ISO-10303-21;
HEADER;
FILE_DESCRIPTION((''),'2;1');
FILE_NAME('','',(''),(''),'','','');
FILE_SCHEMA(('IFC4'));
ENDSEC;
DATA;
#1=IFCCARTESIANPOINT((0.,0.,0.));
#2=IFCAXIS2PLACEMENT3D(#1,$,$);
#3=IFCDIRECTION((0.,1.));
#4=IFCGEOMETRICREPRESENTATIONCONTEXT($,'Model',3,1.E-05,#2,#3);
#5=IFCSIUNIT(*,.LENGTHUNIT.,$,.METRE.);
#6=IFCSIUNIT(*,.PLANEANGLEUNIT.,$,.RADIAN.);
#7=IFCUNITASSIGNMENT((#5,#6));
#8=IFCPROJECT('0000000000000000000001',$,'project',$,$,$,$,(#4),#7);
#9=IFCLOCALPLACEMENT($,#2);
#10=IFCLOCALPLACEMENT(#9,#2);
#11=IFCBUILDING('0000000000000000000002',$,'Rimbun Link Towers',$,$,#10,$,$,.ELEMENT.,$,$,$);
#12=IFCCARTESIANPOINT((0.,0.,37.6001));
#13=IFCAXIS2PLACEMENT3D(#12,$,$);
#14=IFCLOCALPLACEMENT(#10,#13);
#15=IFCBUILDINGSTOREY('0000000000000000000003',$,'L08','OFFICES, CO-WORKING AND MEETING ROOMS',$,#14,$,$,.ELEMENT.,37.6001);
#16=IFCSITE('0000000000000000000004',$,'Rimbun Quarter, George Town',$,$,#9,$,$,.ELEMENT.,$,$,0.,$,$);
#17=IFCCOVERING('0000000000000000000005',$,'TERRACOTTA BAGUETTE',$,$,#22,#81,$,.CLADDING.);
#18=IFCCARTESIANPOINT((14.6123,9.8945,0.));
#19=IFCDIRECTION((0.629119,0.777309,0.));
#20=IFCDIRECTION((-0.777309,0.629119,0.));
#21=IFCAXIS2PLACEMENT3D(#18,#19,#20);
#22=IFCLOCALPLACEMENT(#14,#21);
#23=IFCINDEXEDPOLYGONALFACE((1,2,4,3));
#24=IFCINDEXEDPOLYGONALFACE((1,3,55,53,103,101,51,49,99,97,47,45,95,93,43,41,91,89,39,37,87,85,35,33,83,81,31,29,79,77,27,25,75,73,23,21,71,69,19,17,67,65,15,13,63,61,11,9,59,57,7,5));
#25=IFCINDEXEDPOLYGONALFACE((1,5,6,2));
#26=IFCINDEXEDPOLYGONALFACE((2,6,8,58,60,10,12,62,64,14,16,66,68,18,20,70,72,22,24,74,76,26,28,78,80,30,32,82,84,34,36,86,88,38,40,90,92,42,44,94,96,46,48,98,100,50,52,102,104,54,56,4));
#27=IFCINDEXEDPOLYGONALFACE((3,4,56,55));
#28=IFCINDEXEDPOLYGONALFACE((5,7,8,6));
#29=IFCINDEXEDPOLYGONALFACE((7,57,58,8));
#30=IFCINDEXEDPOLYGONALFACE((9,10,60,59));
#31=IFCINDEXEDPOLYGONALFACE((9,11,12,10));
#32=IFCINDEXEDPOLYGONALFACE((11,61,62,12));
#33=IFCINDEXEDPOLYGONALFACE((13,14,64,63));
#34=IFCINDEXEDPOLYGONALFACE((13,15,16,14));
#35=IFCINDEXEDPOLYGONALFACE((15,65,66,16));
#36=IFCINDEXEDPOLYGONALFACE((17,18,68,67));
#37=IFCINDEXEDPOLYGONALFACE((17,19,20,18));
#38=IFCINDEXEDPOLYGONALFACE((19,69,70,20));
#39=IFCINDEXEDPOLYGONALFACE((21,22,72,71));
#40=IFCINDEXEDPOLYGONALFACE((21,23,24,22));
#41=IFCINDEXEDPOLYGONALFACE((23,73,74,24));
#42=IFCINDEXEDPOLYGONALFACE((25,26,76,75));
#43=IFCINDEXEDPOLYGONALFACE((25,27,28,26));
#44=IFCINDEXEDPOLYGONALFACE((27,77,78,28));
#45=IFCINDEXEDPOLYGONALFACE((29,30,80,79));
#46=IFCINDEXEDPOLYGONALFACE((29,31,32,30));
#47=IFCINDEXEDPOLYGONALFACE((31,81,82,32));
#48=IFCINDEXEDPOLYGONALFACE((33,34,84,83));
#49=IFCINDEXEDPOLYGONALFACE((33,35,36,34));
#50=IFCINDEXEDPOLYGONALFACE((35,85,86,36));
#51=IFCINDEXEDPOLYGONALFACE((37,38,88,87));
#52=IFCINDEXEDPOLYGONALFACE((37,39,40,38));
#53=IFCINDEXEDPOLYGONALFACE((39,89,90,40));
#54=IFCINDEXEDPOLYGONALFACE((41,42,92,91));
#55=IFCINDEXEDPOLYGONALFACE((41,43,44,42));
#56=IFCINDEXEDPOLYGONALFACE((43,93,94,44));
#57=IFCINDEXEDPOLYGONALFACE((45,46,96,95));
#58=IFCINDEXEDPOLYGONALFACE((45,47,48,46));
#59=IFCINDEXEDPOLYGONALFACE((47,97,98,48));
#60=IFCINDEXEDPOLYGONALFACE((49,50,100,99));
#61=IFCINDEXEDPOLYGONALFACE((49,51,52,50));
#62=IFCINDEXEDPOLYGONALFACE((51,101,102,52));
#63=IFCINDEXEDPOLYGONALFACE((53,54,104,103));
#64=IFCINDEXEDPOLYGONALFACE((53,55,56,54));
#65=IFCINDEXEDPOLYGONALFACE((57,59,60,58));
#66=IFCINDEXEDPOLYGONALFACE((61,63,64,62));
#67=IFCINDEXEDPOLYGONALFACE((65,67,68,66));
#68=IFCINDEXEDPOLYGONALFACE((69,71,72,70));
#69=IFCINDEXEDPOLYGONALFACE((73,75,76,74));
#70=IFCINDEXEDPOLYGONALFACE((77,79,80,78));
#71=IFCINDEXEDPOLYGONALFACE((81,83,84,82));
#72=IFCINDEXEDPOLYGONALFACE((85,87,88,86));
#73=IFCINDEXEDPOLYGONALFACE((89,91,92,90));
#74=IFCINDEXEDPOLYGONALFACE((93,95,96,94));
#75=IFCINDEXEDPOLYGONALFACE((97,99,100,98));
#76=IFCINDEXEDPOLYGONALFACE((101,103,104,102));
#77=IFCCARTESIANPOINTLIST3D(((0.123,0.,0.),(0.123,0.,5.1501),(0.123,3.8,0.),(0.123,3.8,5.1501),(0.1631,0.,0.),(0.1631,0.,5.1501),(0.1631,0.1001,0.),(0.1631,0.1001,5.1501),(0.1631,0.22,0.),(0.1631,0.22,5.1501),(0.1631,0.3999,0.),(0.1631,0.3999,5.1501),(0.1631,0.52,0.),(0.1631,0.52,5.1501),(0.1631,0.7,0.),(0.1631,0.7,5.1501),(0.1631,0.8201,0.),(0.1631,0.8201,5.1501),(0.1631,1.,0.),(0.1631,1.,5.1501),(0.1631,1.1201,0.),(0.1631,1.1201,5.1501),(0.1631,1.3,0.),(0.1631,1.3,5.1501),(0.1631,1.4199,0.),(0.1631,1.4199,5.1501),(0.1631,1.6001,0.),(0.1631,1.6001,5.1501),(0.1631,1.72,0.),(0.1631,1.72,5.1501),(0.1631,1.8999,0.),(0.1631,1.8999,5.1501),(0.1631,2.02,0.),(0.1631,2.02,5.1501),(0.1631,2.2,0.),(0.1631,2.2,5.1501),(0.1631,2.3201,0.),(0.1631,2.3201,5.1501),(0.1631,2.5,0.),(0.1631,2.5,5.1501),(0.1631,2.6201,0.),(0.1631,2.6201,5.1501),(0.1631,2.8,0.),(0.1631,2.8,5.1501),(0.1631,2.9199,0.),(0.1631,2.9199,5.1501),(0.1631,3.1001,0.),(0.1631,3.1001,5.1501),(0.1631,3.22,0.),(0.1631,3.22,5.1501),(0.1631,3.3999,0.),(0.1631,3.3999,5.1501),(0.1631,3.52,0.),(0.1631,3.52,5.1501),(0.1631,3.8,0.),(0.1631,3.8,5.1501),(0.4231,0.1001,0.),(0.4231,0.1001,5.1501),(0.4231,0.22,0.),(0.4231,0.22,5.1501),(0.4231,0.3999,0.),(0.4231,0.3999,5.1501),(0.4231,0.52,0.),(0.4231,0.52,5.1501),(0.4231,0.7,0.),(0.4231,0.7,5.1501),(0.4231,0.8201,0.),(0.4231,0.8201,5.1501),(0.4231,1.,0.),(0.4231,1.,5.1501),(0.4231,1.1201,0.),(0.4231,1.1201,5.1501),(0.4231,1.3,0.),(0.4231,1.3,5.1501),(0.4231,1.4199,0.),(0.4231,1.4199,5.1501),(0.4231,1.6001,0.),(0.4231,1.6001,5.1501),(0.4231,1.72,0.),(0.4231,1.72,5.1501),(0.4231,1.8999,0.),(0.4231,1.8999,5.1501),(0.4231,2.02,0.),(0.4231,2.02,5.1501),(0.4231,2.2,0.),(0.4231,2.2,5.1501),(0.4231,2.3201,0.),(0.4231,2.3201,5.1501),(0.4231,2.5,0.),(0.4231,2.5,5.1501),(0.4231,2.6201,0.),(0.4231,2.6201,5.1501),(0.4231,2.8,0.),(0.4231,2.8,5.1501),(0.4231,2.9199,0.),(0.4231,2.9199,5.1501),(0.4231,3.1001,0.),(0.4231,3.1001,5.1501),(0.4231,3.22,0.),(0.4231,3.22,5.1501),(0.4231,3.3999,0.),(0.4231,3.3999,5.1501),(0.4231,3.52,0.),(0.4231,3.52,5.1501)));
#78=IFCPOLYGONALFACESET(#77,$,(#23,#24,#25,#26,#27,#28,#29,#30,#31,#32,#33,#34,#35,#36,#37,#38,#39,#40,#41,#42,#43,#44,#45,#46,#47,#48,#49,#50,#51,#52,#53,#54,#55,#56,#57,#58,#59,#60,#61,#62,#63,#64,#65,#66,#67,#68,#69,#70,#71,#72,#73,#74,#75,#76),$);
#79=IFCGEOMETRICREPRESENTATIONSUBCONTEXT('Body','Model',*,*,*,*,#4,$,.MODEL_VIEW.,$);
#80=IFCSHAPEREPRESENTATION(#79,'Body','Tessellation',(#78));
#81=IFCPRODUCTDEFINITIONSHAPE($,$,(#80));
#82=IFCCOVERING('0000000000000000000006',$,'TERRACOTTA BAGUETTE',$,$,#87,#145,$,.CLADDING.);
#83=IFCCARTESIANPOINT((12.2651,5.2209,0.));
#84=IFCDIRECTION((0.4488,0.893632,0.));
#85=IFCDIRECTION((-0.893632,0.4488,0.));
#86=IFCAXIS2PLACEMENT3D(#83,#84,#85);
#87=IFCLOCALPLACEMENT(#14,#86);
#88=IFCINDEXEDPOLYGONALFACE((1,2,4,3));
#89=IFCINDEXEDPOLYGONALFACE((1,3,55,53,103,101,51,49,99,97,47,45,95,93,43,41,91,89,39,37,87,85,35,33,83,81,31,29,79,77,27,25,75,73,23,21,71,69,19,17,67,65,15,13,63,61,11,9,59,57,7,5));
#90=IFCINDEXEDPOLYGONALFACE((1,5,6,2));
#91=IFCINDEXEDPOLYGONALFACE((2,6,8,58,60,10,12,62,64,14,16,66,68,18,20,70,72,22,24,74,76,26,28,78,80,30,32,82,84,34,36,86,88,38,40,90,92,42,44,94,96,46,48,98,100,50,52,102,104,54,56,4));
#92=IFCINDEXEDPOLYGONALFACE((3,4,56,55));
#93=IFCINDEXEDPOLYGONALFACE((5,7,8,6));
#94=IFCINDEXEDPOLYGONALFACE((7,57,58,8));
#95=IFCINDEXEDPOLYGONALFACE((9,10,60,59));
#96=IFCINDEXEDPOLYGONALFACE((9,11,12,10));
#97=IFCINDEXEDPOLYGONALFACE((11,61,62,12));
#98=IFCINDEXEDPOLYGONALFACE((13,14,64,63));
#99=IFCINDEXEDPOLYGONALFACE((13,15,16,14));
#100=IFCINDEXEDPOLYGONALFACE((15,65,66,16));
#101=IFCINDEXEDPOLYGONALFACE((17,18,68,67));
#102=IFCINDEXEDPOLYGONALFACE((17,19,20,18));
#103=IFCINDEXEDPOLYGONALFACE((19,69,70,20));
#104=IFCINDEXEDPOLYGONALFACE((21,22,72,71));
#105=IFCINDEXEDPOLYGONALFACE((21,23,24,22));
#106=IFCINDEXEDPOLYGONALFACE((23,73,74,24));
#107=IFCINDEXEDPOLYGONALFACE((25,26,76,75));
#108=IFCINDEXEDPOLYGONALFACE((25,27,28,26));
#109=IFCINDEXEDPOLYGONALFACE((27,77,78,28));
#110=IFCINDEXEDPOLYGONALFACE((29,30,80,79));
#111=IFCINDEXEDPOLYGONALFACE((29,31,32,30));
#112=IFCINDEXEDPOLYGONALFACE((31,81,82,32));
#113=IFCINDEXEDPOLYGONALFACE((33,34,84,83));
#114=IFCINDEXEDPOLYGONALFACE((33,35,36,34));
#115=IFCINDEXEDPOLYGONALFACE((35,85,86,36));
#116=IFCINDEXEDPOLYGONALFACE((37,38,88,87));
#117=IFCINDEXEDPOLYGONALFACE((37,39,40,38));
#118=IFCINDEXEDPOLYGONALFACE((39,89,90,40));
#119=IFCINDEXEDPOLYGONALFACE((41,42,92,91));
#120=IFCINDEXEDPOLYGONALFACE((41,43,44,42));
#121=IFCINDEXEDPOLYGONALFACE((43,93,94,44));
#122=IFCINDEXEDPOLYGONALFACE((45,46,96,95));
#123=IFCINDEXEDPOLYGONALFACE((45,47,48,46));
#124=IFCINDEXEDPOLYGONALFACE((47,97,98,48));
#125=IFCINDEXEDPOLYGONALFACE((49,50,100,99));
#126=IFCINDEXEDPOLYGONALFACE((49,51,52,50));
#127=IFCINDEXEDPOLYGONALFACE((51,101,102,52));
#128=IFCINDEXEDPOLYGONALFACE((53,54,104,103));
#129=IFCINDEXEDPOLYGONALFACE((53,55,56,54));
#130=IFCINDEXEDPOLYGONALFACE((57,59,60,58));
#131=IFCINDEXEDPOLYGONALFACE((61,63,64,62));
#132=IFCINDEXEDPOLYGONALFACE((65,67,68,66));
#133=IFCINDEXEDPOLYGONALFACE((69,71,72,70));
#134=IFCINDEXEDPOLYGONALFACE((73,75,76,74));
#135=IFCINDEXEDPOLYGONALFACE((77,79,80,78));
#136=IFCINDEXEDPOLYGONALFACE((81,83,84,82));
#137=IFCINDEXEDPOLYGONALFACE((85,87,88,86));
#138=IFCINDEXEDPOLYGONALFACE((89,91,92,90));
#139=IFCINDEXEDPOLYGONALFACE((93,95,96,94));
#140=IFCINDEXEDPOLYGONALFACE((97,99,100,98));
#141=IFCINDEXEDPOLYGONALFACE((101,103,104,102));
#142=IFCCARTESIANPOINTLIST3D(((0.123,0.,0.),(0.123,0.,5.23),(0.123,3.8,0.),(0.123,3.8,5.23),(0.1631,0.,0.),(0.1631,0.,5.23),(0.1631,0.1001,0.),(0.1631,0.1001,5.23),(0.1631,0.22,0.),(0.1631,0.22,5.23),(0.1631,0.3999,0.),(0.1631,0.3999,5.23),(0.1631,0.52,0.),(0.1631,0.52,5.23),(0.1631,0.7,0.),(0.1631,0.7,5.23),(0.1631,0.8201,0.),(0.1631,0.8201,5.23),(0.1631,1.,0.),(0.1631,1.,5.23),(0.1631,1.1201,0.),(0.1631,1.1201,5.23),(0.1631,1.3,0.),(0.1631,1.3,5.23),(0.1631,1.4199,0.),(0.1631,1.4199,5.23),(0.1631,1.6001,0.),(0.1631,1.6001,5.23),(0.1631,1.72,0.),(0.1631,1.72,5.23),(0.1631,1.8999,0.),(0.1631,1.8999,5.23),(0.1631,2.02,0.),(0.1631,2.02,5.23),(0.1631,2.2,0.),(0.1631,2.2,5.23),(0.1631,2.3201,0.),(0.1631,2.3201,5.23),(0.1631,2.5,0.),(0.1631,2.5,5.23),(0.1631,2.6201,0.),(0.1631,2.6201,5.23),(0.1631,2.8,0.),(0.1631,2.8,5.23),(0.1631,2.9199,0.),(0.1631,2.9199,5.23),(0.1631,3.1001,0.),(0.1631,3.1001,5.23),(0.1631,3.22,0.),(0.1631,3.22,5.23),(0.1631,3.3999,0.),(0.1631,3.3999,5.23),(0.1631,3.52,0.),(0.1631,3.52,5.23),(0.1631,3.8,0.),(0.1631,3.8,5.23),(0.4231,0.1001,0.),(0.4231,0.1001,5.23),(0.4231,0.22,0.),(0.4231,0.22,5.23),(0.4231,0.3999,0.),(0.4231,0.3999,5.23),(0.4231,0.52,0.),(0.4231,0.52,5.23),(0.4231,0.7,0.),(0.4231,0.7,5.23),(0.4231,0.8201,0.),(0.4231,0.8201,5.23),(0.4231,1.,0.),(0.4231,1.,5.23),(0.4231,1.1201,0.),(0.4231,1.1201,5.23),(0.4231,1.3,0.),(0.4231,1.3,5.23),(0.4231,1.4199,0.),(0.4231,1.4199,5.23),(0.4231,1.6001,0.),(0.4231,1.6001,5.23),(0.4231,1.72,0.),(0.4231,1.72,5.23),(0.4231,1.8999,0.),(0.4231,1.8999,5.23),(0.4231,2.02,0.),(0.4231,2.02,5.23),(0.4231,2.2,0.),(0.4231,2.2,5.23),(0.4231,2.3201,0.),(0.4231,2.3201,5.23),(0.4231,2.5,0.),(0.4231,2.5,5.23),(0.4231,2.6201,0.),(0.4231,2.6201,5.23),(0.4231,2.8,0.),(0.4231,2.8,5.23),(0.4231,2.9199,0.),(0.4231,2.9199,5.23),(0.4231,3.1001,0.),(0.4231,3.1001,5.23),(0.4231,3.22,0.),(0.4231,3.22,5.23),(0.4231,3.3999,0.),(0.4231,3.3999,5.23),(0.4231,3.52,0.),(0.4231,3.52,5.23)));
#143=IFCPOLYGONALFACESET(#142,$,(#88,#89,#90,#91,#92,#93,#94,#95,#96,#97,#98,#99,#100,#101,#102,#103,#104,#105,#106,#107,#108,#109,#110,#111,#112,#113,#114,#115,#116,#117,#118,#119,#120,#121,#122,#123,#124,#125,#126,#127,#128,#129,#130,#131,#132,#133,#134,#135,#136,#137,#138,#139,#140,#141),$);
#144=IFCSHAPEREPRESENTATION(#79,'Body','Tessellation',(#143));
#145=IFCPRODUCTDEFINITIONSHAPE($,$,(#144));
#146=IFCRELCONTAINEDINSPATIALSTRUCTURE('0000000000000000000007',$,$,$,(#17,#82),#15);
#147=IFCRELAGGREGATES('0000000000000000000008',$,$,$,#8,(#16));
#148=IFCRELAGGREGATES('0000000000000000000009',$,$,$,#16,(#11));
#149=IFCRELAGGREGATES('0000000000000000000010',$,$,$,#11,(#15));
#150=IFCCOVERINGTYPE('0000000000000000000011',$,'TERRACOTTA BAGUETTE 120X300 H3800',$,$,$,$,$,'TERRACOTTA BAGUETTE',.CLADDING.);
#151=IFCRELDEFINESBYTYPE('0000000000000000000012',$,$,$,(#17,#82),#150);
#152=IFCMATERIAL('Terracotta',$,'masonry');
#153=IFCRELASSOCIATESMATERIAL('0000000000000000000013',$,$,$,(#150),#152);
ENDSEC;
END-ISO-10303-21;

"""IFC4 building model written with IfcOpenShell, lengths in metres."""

from ifc_helpers import new_model, si_unit, direction, frame, origin, place, context, subcontext, project, spatial, polyline, outline, extrude, material, material_profile, profile_set, type_object, element, save


model = new_model("IFC4")

# Units and contexts
model_context = context("Model", 3, precision=1e-05, world=origin(), true_north=direction((0.0, 1.0)))
body_context = subcontext(model_context, "Body", "Model", "MODEL_VIEW")
ifc_project = project(units=[si_unit("LENGTHUNIT", "METRE"), si_unit("PLANEANGLEUNIT", "RADIAN")], contexts=[model_context])

# Site, building, storey
site_placement = place(None, origin())
site = spatial("IfcSite", under=ifc_project, at=site_placement, Name="Rimbun Quarter, George Town", CompositionType="ELEMENT", RefElevation=0.0)
building_placement = place(site_placement, origin())
building = spatial("IfcBuilding", under=site, at=building_placement, Name="Rimbun Link Towers", CompositionType="ELEMENT")
storey_placement = place(building_placement, frame((0.0, 0.0, 37.6001)))
storey = spatial("IfcBuildingStorey", under=building, at=storey_placement, Name="L08", Description="OFFICES, CO-WORKING AND MEETING ROOMS", CompositionType="ELEMENT", Elevation=37.6001)

# Coverings
ifc_material_1 = material(Name="Terracotta", Category="masonry")
ifc_material_profile_1 = material_profile(ifc_material_1, outline(polyline([(0.123, 0.0), (0.1631, 0.0), (0.1631, 0.1001), (0.4231, 0.1001), (0.4231, 0.22), (0.1631, 0.22), (0.1631, 0.3999), (0.4231, 0.3999), (0.4231, 0.52), (0.1631, 0.52), (0.1631, 0.7), (0.4231, 0.7), (0.4231, 0.8201), (0.1631, 0.8201), (0.1631, 1.0), (0.4231, 1.0), (0.4231, 1.1201), (0.1631, 1.1201), (0.1631, 1.3), (0.4231, 1.3), (0.4231, 1.4199), (0.1631, 1.4199), (0.1631, 1.6001), (0.4231, 1.6001), (0.4231, 1.72), (0.1631, 1.72), (0.1631, 1.8999), (0.4231, 1.8999), (0.4231, 2.02), (0.1631, 2.02), (0.1631, 2.2), (0.4231, 2.2), (0.4231, 2.3201), (0.1631, 2.3201), (0.1631, 2.5), (0.4231, 2.5), (0.4231, 2.6201), (0.1631, 2.6201), (0.1631, 2.8), (0.4231, 2.8), (0.4231, 2.9199), (0.1631, 2.9199), (0.1631, 3.1001), (0.4231, 3.1001), (0.4231, 3.22), (0.1631, 3.22), (0.1631, 3.3999), (0.4231, 3.3999), (0.4231, 3.52), (0.1631, 3.52), (0.1631, 3.8), (0.123, 3.8), (0.123, 0.0)])), Name="BAGUETTE 120X300")
ifc_profile_set_1 = profile_set([ifc_material_profile_1], Name="Terracotta")
covering_type_1 = type_object("IfcCoveringType", Name="TERRACOTTA BAGUETTE 120X300 H3800", ElementType="TERRACOTTA BAGUETTE", PredefinedType="CLADDING", material=ifc_profile_set_1)
for number, where, z_axis, x_axis, name in (
    (1, (14.6123, 9.8945, 0.0), (0.629119, 0.777309, 0.0), (-0.777309, 0.629119, 0.0), "TERRACOTTA BAGUETTE"),
):
    element("IfcCovering", number, at=place(storey_placement, frame(where, z_axis=z_axis, x_axis=x_axis)), inside=storey, type_object=covering_type_1, Name=name, PredefinedType="CLADDING", context=body_context, shape_type="SweptSolid", body=[
        extrude(outline(polyline([(0.123, 0.0), (0.1631, 0.0), (0.1631, 0.1001), (0.4231, 0.1001), (0.4231, 0.22), (0.1631, 0.22), (0.1631, 0.3999), (0.4231, 0.3999), (0.4231, 0.52), (0.1631, 0.52), (0.1631, 0.7), (0.4231, 0.7), (0.4231, 0.8201), (0.1631, 0.8201), (0.1631, 1.0), (0.4231, 1.0), (0.4231, 1.1201), (0.1631, 1.1201), (0.1631, 1.3), (0.4231, 1.3), (0.4231, 1.4199), (0.1631, 1.4199), (0.1631, 1.6001), (0.4231, 1.6001), (0.4231, 1.72), (0.1631, 1.72), (0.1631, 1.8999), (0.4231, 1.8999), (0.4231, 2.02), (0.1631, 2.02), (0.1631, 2.2), (0.4231, 2.2), (0.4231, 2.3201), (0.1631, 2.3201), (0.1631, 2.5), (0.4231, 2.5), (0.4231, 2.6201), (0.1631, 2.6201), (0.1631, 2.8), (0.4231, 2.8), (0.4231, 2.9199), (0.1631, 2.9199), (0.1631, 3.1001), (0.4231, 3.1001), (0.4231, 3.22), (0.1631, 3.22), (0.1631, 3.3999), (0.4231, 3.3999), (0.4231, 3.52), (0.1631, 3.52), (0.1631, 3.8), (0.123, 3.8), (0.123, 0.0)])), origin(), (0.0, 0.0, 1.0), 5.1501),
    ])
covering_1_placement = place(storey_placement, frame((12.2651, 5.2209, 0.0), z_axis=(0.4488, 0.893632, 0.0), x_axis=(-0.893632, 0.4488, 0.0)))
element("IfcCovering", 2, at=covering_1_placement, inside=storey, type_object=covering_type_1, Name="TERRACOTTA BAGUETTE", PredefinedType="CLADDING", context=body_context, shape_type="SweptSolid", body=[
    extrude(outline(polyline([(0.123, 0.0), (0.1631, 0.0), (0.1631, 0.1001), (0.4231, 0.1001), (0.4231, 0.22), (0.1631, 0.22), (0.1631, 0.3999), (0.4231, 0.3999), (0.4231, 0.52), (0.1631, 0.52), (0.1631, 0.7), (0.4231, 0.7), (0.4231, 0.8201), (0.1631, 0.8201), (0.1631, 1.0), (0.4231, 1.0), (0.4231, 1.1201), (0.1631, 1.1201), (0.1631, 1.3), (0.4231, 1.3), (0.4231, 1.4199), (0.1631, 1.4199), (0.1631, 1.6001), (0.4231, 1.6001), (0.4231, 1.72), (0.1631, 1.72), (0.1631, 1.8999), (0.4231, 1.8999), (0.4231, 2.02), (0.1631, 2.02), (0.1631, 2.2), (0.4231, 2.2), (0.4231, 2.3201), (0.1631, 2.3201), (0.1631, 2.5), (0.4231, 2.5), (0.4231, 2.6201), (0.1631, 2.6201), (0.1631, 2.8), (0.4231, 2.8), (0.4231, 2.9199), (0.1631, 2.9199), (0.1631, 3.1001), (0.4231, 3.1001), (0.4231, 3.22), (0.1631, 3.22), (0.1631, 3.3999), (0.4231, 3.3999), (0.4231, 3.52), (0.1631, 3.52), (0.1631, 3.8), (0.123, 3.8), (0.123, 0.0)])), origin(), (0.0, 0.0, 1.0), 5.23),
])

save(model, "model.ifc")
